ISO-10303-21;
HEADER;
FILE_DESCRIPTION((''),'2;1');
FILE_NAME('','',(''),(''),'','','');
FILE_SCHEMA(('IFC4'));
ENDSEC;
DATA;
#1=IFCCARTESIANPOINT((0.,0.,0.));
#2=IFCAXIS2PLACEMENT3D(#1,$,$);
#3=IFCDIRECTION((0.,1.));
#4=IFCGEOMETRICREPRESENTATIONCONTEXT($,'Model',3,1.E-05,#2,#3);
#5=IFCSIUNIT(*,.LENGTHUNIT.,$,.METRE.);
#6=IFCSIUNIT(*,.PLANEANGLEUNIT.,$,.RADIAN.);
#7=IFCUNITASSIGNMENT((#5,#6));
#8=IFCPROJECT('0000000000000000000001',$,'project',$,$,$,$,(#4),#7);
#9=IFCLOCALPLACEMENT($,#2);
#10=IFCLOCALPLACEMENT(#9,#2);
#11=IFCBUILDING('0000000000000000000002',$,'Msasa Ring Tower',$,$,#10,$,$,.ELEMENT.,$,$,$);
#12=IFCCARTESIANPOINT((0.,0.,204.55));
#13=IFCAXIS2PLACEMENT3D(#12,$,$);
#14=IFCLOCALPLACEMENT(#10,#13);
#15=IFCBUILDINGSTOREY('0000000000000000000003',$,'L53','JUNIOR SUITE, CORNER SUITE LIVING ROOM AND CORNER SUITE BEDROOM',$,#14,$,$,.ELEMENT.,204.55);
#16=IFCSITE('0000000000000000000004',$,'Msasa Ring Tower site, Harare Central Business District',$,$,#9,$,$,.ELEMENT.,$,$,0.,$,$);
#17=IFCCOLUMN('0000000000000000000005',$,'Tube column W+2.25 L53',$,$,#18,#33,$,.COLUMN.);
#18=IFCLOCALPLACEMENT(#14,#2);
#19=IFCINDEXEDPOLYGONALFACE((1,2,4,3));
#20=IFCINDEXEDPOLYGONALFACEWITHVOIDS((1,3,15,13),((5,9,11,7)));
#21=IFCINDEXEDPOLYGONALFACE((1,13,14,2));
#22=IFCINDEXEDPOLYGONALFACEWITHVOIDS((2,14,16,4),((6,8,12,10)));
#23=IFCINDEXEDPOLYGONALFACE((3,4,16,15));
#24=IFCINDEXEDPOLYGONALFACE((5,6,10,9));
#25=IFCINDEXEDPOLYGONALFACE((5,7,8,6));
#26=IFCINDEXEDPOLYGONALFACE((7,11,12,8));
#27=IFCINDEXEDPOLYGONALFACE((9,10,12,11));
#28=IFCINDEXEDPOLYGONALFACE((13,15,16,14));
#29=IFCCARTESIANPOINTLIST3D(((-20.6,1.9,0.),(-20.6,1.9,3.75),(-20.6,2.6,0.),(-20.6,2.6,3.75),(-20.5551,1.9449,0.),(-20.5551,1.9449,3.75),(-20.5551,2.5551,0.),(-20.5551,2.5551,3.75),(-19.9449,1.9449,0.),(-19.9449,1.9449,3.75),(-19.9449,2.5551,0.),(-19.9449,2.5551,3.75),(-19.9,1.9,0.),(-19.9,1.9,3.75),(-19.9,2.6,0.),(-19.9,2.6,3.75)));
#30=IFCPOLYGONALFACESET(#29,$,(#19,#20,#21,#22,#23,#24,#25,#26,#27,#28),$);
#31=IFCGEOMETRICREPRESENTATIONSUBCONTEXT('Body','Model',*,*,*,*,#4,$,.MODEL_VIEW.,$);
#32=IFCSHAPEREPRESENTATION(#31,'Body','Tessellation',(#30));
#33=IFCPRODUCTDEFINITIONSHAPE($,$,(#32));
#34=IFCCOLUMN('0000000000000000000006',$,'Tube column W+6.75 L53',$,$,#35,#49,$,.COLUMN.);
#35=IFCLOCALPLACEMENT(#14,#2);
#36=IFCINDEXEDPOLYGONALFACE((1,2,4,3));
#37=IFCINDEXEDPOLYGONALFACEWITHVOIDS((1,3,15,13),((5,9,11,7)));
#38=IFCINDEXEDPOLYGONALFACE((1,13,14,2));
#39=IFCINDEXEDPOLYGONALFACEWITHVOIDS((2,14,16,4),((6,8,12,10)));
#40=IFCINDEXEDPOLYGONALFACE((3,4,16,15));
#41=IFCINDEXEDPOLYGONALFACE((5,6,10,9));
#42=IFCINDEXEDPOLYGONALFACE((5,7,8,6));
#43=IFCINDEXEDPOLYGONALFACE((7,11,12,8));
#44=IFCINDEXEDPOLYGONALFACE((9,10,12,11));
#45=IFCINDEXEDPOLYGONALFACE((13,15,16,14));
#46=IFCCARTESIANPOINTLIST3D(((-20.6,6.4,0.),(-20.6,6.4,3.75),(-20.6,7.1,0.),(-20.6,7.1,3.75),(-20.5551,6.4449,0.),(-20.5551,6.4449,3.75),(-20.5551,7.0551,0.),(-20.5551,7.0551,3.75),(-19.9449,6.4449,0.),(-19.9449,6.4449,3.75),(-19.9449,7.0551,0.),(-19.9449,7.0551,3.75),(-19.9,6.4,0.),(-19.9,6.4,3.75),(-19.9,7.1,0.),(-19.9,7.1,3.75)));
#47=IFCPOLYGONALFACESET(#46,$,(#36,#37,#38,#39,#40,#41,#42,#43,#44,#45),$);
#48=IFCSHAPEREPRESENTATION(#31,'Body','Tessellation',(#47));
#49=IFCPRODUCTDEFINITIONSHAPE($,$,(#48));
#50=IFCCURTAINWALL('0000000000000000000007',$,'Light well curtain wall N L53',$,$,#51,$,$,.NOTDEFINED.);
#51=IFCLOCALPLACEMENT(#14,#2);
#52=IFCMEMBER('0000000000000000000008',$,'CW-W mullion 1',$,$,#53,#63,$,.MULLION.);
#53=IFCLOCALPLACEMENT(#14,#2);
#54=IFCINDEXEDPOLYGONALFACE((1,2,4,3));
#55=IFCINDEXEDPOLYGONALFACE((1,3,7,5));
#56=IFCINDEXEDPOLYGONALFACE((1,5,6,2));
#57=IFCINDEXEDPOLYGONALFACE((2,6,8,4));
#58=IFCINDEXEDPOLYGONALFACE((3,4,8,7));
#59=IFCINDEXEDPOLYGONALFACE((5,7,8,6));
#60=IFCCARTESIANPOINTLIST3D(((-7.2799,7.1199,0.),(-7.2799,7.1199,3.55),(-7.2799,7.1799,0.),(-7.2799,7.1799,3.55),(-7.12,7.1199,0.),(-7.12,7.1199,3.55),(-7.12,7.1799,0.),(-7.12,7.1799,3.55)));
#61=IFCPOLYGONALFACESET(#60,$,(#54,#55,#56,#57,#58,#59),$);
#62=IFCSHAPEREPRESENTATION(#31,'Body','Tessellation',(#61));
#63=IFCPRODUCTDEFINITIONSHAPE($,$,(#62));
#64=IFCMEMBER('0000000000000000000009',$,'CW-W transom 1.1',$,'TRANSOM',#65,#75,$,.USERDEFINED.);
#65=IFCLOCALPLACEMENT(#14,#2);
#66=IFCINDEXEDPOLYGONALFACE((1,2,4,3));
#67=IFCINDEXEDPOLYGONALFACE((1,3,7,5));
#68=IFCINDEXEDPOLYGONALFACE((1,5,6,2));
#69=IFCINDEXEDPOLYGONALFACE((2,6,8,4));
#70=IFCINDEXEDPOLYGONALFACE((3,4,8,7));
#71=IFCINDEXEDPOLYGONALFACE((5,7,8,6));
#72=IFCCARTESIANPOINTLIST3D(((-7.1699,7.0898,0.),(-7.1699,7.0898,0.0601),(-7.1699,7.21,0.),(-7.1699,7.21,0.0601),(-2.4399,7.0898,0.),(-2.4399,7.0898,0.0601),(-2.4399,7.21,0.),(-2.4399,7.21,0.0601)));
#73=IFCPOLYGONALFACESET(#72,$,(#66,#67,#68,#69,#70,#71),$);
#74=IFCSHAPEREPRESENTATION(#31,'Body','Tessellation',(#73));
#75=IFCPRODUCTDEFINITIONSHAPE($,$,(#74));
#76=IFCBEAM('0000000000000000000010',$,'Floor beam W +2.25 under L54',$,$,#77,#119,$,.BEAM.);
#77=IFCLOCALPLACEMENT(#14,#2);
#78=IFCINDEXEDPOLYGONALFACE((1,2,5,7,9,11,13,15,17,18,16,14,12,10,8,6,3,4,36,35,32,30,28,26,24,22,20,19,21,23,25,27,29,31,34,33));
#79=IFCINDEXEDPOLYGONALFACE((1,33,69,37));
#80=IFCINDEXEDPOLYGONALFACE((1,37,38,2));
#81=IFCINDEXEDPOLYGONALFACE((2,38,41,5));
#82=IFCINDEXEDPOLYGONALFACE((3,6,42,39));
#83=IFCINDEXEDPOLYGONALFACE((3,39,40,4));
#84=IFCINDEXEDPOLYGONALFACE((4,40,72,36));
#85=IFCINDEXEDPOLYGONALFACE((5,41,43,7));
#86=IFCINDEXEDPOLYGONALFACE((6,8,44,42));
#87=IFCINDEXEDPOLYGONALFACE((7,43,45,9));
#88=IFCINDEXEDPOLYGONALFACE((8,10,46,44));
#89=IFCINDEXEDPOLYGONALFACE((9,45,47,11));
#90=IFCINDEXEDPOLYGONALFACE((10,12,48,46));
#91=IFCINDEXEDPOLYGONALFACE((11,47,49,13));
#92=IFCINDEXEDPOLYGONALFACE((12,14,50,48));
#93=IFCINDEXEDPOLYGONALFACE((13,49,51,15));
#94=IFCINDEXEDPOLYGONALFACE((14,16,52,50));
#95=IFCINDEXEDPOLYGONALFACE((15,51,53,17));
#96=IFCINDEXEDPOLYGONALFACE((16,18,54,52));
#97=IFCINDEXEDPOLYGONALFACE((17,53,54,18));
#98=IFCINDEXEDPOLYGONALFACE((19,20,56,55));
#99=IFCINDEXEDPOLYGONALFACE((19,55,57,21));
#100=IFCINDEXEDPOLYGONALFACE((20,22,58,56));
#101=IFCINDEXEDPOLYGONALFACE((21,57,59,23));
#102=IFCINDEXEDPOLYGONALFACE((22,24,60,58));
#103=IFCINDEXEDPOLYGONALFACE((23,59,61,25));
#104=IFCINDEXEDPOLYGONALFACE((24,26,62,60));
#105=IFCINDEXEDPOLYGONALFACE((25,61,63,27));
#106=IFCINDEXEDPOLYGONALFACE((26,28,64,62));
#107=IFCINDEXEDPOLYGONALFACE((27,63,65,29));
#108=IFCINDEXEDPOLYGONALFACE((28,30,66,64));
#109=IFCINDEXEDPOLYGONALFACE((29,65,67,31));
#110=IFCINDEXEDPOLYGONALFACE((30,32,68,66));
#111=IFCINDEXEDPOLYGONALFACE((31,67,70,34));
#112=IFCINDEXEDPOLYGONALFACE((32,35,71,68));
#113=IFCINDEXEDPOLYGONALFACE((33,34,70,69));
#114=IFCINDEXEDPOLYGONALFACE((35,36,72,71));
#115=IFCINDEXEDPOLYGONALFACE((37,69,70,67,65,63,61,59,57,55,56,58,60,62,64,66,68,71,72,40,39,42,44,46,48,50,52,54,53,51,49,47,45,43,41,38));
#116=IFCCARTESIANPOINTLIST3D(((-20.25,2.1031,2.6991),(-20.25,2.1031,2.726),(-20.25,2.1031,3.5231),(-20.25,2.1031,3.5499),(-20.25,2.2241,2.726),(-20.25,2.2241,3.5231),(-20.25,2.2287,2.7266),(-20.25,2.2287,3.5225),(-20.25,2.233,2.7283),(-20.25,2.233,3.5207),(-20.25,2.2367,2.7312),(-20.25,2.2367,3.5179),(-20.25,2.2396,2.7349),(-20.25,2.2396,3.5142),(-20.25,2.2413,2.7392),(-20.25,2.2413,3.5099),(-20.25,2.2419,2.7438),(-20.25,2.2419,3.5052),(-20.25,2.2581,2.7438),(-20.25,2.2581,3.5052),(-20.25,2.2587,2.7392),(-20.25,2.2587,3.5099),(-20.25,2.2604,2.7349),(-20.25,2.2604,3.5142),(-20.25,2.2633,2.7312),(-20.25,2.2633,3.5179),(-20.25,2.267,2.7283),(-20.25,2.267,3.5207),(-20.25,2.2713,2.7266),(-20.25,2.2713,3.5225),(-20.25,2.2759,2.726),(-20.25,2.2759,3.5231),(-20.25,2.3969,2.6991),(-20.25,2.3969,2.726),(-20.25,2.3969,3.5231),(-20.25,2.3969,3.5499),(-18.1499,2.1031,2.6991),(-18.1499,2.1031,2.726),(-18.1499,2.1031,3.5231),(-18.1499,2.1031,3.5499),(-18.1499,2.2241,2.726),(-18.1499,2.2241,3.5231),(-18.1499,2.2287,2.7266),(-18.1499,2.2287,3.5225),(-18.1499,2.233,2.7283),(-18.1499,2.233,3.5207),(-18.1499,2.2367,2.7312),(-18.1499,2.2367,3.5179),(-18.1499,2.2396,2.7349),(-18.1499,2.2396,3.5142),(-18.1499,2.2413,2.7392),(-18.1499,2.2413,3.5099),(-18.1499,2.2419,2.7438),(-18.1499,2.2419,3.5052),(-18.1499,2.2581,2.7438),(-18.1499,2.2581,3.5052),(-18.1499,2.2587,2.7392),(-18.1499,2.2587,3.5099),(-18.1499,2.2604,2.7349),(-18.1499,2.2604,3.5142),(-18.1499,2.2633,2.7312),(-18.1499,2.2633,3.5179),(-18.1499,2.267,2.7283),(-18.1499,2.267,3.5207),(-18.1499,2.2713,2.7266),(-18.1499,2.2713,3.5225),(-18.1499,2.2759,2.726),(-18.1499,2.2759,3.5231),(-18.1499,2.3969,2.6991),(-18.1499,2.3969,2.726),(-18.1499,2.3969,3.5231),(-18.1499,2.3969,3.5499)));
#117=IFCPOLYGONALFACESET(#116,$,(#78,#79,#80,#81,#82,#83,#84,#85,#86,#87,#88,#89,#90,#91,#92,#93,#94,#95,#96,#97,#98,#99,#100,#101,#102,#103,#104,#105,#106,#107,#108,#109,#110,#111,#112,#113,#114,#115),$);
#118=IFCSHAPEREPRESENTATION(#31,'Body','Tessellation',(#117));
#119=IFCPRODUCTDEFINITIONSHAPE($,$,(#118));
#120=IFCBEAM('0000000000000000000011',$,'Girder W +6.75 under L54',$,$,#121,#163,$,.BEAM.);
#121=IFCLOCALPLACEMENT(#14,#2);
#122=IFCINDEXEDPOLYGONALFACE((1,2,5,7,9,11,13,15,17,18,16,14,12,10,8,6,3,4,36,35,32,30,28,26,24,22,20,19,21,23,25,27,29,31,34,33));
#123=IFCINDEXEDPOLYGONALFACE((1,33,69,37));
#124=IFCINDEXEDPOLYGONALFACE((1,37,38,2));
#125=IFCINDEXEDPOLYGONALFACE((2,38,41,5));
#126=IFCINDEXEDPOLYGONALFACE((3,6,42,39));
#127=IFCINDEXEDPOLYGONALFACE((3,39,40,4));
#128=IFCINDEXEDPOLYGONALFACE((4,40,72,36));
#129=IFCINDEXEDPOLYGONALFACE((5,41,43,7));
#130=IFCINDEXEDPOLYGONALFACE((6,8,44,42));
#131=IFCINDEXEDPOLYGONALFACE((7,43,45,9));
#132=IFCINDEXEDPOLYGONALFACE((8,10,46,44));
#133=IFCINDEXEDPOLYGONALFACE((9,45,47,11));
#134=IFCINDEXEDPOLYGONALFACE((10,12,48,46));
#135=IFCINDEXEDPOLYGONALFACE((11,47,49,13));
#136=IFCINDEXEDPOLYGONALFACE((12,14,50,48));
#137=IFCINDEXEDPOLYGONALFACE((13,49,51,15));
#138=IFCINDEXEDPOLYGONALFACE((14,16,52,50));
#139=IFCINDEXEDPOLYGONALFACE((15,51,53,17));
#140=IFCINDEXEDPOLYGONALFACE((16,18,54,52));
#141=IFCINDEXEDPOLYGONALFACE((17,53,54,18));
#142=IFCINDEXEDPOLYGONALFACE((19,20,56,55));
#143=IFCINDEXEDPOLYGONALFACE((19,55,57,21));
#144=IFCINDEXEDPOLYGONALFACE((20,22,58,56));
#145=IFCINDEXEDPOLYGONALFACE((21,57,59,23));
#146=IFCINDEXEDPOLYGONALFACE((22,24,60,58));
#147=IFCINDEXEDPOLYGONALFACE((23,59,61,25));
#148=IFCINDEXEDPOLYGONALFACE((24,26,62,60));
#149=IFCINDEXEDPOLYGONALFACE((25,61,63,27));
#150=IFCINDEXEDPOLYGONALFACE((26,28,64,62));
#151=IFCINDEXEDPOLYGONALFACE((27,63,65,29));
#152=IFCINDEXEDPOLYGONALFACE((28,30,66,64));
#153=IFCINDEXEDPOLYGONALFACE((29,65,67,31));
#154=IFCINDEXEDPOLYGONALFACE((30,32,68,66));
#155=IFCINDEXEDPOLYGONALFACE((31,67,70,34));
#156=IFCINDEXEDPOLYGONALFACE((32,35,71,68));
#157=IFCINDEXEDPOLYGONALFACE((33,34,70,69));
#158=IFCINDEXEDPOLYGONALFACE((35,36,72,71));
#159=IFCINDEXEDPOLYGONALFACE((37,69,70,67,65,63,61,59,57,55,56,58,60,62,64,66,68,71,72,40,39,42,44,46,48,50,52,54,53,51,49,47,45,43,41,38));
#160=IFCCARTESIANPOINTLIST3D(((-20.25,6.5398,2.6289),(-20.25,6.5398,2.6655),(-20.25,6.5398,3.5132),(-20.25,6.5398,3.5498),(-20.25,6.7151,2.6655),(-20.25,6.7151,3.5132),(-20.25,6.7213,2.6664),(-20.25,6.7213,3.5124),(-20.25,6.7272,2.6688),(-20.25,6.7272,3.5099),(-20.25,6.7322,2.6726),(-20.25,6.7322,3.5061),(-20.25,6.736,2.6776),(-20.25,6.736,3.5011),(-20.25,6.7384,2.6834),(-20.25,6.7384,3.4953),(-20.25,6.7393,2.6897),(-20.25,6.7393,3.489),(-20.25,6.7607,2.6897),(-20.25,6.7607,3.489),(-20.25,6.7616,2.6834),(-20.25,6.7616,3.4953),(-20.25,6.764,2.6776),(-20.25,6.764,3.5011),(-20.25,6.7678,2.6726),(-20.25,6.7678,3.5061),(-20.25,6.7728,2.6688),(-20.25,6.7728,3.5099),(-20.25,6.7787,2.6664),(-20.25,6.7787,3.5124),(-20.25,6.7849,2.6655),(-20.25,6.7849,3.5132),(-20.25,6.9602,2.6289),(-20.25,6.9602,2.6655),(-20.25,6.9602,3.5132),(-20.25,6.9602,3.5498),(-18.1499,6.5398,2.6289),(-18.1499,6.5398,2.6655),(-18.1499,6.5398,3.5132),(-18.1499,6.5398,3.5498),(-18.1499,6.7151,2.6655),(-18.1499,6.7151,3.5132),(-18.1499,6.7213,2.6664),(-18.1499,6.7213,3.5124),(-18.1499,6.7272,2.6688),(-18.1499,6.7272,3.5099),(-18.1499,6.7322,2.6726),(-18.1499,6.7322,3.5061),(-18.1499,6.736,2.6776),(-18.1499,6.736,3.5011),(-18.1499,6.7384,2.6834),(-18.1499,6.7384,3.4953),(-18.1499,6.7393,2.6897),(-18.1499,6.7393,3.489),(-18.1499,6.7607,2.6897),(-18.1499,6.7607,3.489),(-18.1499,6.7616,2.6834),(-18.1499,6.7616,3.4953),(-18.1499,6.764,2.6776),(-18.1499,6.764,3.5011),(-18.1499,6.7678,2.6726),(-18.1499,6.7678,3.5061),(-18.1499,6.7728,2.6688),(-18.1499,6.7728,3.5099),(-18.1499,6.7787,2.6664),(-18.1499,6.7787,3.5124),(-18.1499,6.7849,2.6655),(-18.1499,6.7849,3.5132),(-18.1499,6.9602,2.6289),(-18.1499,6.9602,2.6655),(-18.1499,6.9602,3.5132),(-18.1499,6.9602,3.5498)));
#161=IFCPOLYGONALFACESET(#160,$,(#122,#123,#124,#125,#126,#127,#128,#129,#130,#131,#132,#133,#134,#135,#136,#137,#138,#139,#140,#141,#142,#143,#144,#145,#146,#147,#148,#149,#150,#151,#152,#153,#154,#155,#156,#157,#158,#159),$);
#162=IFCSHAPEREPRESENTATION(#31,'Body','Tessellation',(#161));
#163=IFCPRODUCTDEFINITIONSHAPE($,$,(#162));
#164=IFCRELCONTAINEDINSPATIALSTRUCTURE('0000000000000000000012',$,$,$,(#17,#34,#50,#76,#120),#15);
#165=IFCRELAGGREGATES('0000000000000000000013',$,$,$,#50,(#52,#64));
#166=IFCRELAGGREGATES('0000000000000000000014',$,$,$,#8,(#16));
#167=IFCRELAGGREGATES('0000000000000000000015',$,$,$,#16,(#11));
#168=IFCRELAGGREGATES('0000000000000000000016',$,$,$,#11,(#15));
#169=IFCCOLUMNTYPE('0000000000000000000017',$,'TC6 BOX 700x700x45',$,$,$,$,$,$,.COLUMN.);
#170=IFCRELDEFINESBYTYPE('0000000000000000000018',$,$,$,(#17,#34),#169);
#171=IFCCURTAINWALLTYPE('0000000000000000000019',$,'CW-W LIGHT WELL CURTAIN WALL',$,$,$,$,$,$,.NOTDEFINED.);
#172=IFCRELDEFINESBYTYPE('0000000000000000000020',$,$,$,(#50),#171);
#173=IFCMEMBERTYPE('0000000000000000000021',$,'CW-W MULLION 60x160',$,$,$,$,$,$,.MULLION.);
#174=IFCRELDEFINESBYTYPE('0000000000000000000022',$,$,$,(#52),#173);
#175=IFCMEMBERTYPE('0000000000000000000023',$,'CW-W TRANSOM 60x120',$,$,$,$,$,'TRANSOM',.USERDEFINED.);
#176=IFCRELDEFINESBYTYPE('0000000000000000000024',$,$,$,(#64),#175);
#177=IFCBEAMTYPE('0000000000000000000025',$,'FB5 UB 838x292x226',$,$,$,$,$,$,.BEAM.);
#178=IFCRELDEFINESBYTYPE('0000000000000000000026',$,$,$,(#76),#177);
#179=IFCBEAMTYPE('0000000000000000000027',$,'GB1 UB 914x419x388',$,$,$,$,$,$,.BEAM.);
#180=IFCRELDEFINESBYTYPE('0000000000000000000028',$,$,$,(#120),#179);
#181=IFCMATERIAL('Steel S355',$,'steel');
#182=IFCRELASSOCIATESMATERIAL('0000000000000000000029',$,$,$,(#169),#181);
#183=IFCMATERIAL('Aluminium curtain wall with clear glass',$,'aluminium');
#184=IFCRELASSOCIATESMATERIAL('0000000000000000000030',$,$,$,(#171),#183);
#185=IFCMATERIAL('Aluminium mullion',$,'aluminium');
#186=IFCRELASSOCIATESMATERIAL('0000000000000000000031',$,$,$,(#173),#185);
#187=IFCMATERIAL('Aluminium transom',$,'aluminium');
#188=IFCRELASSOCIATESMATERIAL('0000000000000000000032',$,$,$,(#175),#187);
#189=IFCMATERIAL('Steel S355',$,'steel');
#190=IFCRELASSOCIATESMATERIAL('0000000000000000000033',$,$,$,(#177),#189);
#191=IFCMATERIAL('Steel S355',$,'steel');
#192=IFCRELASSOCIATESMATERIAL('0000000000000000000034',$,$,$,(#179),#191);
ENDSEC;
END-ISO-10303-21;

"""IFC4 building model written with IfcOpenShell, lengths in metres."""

from ifc_helpers import new_model, si_unit, direction, frame, origin, origin_2d, place, context, subcontext, project, spatial, rectangle, hollow_rectangle, i_section, extrude, material, material_profile, profile_set, type_object, element, aggregate, save


model = new_model("IFC4")

# Units and contexts
model_context = context("Model", 3, precision=1e-05, world=origin(), true_north=direction((0.0, 1.0)))
body_context = subcontext(model_context, "Body", "Model", "MODEL_VIEW")
ifc_project = project(units=[si_unit("LENGTHUNIT", "METRE"), si_unit("PLANEANGLEUNIT", "RADIAN")], contexts=[model_context])

# Site, building, storey
site_placement = place(None, origin())
site = spatial("IfcSite", under=ifc_project, at=site_placement, Name="Msasa Ring Tower site, Harare Central Business District", CompositionType="ELEMENT", RefElevation=0.0)
building_placement = place(site_placement, origin())
building = spatial("IfcBuilding", under=site, at=building_placement, Name="Msasa Ring Tower", CompositionType="ELEMENT")
storey_placement = place(building_placement, frame((0.0, 0.0, 204.55)))
storey = spatial("IfcBuildingStorey", under=building, at=storey_placement, Name="L53", Description="JUNIOR SUITE, CORNER SUITE LIVING ROOM AND CORNER SUITE BEDROOM", CompositionType="ELEMENT", Elevation=204.55)

# Columns
ifc_material_1 = material(Name="Steel S355", Category="steel")
ifc_material_profile_1 = material_profile(ifc_material_1, hollow_rectangle(XDim=0.7, YDim=0.7, WallThickness=0.0449, at=origin_2d()), Name="BOX 700x700x45")
ifc_profile_set_1 = profile_set([ifc_material_profile_1], Name="Steel S355")
column_type = type_object("IfcColumnType", Name="TC6 BOX 700x700x45", PredefinedType="COLUMN", material=ifc_profile_set_1)
for number, where, z_axis, x_axis, name in (
    (1, (-20.25, 2.25, 0.0), (0.0, 0.0, 1.0), (1.0, 0.0, 0.0), "Tube column W+2.25 L53"),
    (2, (-20.25, 6.75, 0.0), (0.0, 0.0, 1.0), (1.0, 0.0, 0.0), "Tube column W+6.75 L53"),
):
    element("IfcColumn", number, at=place(storey_placement, frame(where, z_axis=z_axis, x_axis=x_axis)), inside=storey, type_object=column_type, Name=name, PredefinedType="COLUMN", context=body_context, shape_type="SweptSolid", body=[
        extrude(hollow_rectangle(XDim=0.7, YDim=0.7, WallThickness=0.0449, at=origin_2d()), origin(), (0.0, 0.0, 1.0), 3.75),
    ])

# Curtain wall, members
ifc_material_2 = material(Name="Aluminium curtain wall with clear glass", Category="aluminium")
curtain_wall_type = type_object("IfcCurtainWallType", Name="CW-W LIGHT WELL CURTAIN WALL", PredefinedType="NOTDEFINED", material=ifc_material_2)
curtain_wall_placement = place(storey_placement, origin())
curtain_wall = element("IfcCurtainWall", 3, at=curtain_wall_placement, inside=storey, type_object=curtain_wall_type, Name="Light well curtain wall N L53", PredefinedType="NOTDEFINED")
ifc_material_3 = material(Name="Aluminium mullion", Category="aluminium")
ifc_material_profile_2 = material_profile(ifc_material_3, rectangle(XDim=0.0601, YDim=0.1599, at=origin_2d()), Name="AL 60x160")
ifc_profile_set_2 = profile_set([ifc_material_profile_2], Name="Aluminium mullion")
member_type_1 = type_object("IfcMemberType", Name="CW-W MULLION 60x160", PredefinedType="MULLION", material=ifc_profile_set_2)
member_1_placement = place(storey_placement, frame((-7.2, 7.1499, 0.0), z_axis=(0.0, 0.0, 1.0), x_axis=(0.0, 1.0, 0.0)))
member_1 = element("IfcMember", 4, at=member_1_placement, type_object=member_type_1, Name="CW-W mullion 1", PredefinedType="MULLION", context=body_context, shape_type="SweptSolid", body=[
    extrude(rectangle(XDim=0.0601, YDim=0.1599, at=origin_2d()), origin(), (0.0, 0.0, 1.0), 3.55),
])
ifc_material_4 = material(Name="Aluminium transom", Category="aluminium")
ifc_material_profile_3 = material_profile(ifc_material_4, rectangle(XDim=0.1201, YDim=0.0601, at=origin_2d()), Name="AL 60x120")
ifc_profile_set_3 = profile_set([ifc_material_profile_3], Name="Aluminium transom")
member_type_2 = type_object("IfcMemberType", Name="CW-W TRANSOM 60x120", ElementType="TRANSOM", PredefinedType="USERDEFINED", material=ifc_profile_set_3)
member_2_placement = place(storey_placement, frame((-7.1699, 7.1499, 0.03), z_axis=(1.0, 0.0, 0.0), x_axis=(0.0, 1.0, 0.0)))
member_2 = element("IfcMember", 5, at=member_2_placement, type_object=member_type_2, Name="CW-W transom 1.1", ObjectType="TRANSOM", PredefinedType="USERDEFINED", context=body_context, shape_type="SweptSolid", body=[
    extrude(rectangle(XDim=0.1201, YDim=0.0601, at=origin_2d()), origin(), (0.0, 0.0, 1.0), 4.73),
])
aggregate(curtain_wall, [member_1, member_2])

# Beams
ifc_material_5 = material(Name="Steel S355", Category="steel")
ifc_material_profile_4 = material_profile(ifc_material_5, i_section(OverallWidth=0.2937, OverallDepth=0.8508, WebThickness=0.0161, FlangeThickness=0.0269, FilletRadius=0.0178, at=origin_2d()), Name="UB 838x292x226")
ifc_profile_set_4 = profile_set([ifc_material_profile_4], Name="Steel S355")
beam_type_1 = type_object("IfcBeamType", Name="FB5 UB 838x292x226", PredefinedType="BEAM", material=ifc_profile_set_4)
beam_1_placement = place(storey_placement, frame((-20.25, 2.25, 3.1245), z_axis=(1.0, 0.0, 0.0), x_axis=(0.0, 1.0, 0.0)))
element("IfcBeam", 6, at=beam_1_placement, inside=storey, type_object=beam_type_1, Name="Floor beam W +2.25 under L54", PredefinedType="BEAM", context=body_context, shape_type="SweptSolid", body=[
    extrude(i_section(OverallWidth=0.2937, OverallDepth=0.8508, WebThickness=0.0161, FlangeThickness=0.0269, FilletRadius=0.0178, at=origin_2d()), origin(), (0.0, 0.0, 1.0), 2.1001),
])
ifc_material_6 = material(Name="Steel S355", Category="steel")
ifc_material_profile_5 = material_profile(ifc_material_6, i_section(OverallWidth=0.4204, OverallDepth=0.9209, WebThickness=0.0215, FlangeThickness=0.0366, FilletRadius=0.0242, at=origin_2d()), Name="UB 914x419x388")
ifc_profile_set_5 = profile_set([ifc_material_profile_5], Name="Steel S355")
beam_type_2 = type_object("IfcBeamType", Name="GB1 UB 914x419x388", PredefinedType="BEAM", material=ifc_profile_set_5)
beam_2_placement = place(storey_placement, frame((-18.1499, 6.75, 3.0894), z_axis=(-1.0, 0.0, 0.0), x_axis=(0.0, -1.0, 0.0)))
element("IfcBeam", 7, at=beam_2_placement, inside=storey, type_object=beam_type_2, Name="Girder W +6.75 under L54", PredefinedType="BEAM", context=body_context, shape_type="SweptSolid", body=[
    extrude(i_section(OverallWidth=0.4204, OverallDepth=0.9209, WebThickness=0.0215, FlangeThickness=0.0366, FilletRadius=0.0242, at=origin_2d()), origin(), (0.0, 0.0, 1.0), 2.1001),
])

save(model, "model.ifc")
